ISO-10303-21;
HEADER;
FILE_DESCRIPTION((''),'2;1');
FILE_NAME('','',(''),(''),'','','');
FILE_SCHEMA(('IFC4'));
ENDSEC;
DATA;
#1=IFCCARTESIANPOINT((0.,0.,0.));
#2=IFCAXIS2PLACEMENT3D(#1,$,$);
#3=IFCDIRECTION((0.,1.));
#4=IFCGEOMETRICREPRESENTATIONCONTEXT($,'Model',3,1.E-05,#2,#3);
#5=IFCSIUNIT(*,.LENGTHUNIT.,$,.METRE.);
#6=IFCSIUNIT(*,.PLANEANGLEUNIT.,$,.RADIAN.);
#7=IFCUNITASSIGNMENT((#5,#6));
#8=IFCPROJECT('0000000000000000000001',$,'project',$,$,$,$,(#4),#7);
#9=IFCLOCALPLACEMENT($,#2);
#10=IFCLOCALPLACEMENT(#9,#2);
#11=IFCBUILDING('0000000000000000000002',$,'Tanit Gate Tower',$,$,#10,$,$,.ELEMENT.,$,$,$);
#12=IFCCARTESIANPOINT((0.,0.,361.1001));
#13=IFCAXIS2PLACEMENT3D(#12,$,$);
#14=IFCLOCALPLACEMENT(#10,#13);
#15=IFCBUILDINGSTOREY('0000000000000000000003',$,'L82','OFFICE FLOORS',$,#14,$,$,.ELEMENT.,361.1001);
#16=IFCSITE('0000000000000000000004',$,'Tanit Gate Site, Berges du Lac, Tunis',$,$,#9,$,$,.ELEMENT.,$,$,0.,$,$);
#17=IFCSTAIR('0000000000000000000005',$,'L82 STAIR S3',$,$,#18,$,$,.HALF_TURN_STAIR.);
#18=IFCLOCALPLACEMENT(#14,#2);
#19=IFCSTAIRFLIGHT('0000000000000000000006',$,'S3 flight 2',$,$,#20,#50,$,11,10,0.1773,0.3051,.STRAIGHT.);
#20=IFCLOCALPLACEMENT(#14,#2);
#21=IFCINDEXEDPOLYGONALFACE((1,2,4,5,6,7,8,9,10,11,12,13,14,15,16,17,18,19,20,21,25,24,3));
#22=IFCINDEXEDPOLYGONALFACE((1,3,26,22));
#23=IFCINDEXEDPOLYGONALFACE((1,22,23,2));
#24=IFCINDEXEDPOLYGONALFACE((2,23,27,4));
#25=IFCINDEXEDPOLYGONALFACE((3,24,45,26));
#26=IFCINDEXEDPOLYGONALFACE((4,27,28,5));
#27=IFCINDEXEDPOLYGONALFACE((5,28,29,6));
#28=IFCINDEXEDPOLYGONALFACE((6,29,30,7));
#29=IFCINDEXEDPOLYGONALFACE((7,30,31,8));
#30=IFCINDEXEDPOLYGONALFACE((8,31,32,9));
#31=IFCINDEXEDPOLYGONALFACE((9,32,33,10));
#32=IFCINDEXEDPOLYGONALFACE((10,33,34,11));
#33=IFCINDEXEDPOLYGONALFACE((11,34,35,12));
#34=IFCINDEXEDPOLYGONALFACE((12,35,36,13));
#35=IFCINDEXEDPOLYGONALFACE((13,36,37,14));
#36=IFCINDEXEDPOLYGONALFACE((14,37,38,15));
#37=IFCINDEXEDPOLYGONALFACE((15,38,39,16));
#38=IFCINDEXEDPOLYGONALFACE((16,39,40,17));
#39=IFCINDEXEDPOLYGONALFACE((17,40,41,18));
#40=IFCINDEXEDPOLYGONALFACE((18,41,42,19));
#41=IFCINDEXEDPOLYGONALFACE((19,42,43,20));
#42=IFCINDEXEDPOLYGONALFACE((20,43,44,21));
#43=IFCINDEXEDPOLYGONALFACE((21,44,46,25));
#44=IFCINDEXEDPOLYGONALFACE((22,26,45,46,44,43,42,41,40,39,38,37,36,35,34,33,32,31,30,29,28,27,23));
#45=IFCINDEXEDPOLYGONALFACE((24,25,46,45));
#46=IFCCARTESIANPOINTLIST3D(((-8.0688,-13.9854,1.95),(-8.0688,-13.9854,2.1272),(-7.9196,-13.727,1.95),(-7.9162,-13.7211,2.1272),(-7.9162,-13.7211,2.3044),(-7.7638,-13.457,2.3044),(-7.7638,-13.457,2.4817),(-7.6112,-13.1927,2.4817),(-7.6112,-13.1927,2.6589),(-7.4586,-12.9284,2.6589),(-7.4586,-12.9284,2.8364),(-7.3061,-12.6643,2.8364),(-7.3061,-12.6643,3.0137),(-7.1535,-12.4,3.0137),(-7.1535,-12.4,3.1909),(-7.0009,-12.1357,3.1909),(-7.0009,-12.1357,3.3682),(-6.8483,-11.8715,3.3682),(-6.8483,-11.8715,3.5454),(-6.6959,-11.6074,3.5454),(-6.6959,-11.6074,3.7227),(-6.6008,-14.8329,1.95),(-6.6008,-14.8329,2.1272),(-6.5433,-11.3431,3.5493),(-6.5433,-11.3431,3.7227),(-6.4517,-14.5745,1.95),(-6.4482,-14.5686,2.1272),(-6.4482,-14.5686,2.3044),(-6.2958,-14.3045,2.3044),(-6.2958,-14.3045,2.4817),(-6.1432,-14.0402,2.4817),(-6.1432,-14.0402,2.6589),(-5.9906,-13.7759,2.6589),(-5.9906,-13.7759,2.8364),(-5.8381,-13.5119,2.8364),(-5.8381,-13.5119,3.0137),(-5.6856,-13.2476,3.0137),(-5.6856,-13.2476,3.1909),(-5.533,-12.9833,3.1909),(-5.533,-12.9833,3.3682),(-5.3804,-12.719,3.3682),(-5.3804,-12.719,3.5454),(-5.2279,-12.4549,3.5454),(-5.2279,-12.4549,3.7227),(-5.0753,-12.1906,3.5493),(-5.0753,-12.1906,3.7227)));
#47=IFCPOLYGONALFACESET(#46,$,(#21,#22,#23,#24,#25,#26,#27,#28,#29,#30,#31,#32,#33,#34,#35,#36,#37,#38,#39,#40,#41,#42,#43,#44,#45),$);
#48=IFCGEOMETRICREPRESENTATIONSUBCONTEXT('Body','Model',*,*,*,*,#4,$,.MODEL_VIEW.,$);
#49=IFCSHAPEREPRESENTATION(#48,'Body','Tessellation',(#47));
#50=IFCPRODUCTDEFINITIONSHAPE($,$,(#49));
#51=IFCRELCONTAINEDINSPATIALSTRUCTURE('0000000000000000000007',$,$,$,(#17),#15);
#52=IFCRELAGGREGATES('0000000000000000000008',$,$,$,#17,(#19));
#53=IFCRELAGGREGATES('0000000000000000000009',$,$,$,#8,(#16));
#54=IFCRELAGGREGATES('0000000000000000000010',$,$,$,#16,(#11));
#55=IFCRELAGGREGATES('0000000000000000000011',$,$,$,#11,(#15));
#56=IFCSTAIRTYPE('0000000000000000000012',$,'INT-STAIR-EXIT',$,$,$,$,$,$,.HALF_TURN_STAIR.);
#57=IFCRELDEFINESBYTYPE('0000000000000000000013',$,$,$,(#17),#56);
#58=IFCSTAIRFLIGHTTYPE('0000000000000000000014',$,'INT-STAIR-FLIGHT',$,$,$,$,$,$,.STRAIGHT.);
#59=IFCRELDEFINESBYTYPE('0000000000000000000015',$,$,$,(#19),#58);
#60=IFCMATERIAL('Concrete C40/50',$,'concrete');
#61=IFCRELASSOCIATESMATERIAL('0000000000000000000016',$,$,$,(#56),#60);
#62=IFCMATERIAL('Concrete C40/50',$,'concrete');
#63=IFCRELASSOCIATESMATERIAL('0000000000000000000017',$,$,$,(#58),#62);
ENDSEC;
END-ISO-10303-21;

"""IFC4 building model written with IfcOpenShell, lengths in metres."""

from ifc_helpers import new_model, si_unit, direction, frame, origin, place, context, subcontext, project, spatial, polyline, outline, extrude, material, type_object, element, aggregate, save


model = new_model("IFC4")

# Units and contexts
model_context = context("Model", 3, precision=1e-05, world=origin(), true_north=direction((0.0, 1.0)))
body_context = subcontext(model_context, "Body", "Model", "MODEL_VIEW")
ifc_project = project(units=[si_unit("LENGTHUNIT", "METRE"), si_unit("PLANEANGLEUNIT", "RADIAN")], contexts=[model_context])

# Site, building, storey
site_placement = place(None, origin())
site = spatial("IfcSite", under=ifc_project, at=site_placement, Name="Tanit Gate Site, Berges du Lac, Tunis", CompositionType="ELEMENT", RefElevation=0.0)
building_placement = place(site_placement, origin())
building = spatial("IfcBuilding", under=site, at=building_placement, Name="Tanit Gate Tower", CompositionType="ELEMENT")
storey_placement = place(building_placement, frame((0.0, 0.0, 361.1001)))
storey = spatial("IfcBuildingStorey", under=building, at=storey_placement, Name="L82", Description="OFFICE FLOORS", CompositionType="ELEMENT", Elevation=361.1001)

# Stair, stair flight
ifc_material_1 = material(Name="Concrete C40/50", Category="concrete")
stair_type = type_object("IfcStairType", Name="INT-STAIR-EXIT", PredefinedType="HALF_TURN_STAIR", material=ifc_material_1)
stair_placement = place(storey_placement, origin())
stair = element("IfcStair", 1, at=stair_placement, inside=storey, type_object=stair_type, Name="L82 STAIR S3", PredefinedType="HALF_TURN_STAIR")
ifc_material_2 = material(Name="Concrete C40/50", Category="concrete")
stair_flight_type = type_object("IfcStairFlightType", Name="INT-STAIR-FLIGHT", PredefinedType="STRAIGHT", material=ifc_material_2)
stair_flight_1_placement = place(storey_placement, frame((-7.3347, -14.4092, 1.95), z_axis=(0.0, 0.0, 1.0), x_axis=(0.5, 0.866025, 0.0)))
stair_flight_1 = element("IfcStairFlight", 2, at=stair_flight_1_placement, type_object=stair_flight_type, Name="S3 flight 2", NumberOfRisers=11, NumberOfTreads=10, PredefinedType="STRAIGHT", RiserHeight=0.1773, TreadLength=0.3051, context=body_context, shape_type="SweptSolid", body=[
    extrude(outline(polyline([(0.0, 0.0), (0.0, 0.1772), (0.3052, 0.1772), (0.3052, 0.3545), (0.6101, 0.3545), (0.6101, 0.5317), (0.9153, 0.5317), (0.9153, 0.709), (1.2205, 0.709), (1.2205, 0.8865), (1.5254, 0.8865), (1.5254, 1.0637), (1.8306, 1.0637), (1.8306, 1.241), (2.1357, 1.241), (2.1357, 1.4182), (2.4409, 1.4182), (2.4409, 1.5955), (2.7458, 1.5955), (2.7458, 1.7727), (3.051, 1.7727), (3.051, 1.95), (3.051, 1.5994), (0.2983, 0.0), (0.0, 0.0)])), frame((0.0, 0.8477, 0.0), z_axis=(0.0, -1.0, 0.0), x_axis=(1.0, 0.0, 0.0)), (0.0, 0.0, 1.0), 1.6951),
])
aggregate(stair, [stair_flight_1])

save(model, "model.ifc")
